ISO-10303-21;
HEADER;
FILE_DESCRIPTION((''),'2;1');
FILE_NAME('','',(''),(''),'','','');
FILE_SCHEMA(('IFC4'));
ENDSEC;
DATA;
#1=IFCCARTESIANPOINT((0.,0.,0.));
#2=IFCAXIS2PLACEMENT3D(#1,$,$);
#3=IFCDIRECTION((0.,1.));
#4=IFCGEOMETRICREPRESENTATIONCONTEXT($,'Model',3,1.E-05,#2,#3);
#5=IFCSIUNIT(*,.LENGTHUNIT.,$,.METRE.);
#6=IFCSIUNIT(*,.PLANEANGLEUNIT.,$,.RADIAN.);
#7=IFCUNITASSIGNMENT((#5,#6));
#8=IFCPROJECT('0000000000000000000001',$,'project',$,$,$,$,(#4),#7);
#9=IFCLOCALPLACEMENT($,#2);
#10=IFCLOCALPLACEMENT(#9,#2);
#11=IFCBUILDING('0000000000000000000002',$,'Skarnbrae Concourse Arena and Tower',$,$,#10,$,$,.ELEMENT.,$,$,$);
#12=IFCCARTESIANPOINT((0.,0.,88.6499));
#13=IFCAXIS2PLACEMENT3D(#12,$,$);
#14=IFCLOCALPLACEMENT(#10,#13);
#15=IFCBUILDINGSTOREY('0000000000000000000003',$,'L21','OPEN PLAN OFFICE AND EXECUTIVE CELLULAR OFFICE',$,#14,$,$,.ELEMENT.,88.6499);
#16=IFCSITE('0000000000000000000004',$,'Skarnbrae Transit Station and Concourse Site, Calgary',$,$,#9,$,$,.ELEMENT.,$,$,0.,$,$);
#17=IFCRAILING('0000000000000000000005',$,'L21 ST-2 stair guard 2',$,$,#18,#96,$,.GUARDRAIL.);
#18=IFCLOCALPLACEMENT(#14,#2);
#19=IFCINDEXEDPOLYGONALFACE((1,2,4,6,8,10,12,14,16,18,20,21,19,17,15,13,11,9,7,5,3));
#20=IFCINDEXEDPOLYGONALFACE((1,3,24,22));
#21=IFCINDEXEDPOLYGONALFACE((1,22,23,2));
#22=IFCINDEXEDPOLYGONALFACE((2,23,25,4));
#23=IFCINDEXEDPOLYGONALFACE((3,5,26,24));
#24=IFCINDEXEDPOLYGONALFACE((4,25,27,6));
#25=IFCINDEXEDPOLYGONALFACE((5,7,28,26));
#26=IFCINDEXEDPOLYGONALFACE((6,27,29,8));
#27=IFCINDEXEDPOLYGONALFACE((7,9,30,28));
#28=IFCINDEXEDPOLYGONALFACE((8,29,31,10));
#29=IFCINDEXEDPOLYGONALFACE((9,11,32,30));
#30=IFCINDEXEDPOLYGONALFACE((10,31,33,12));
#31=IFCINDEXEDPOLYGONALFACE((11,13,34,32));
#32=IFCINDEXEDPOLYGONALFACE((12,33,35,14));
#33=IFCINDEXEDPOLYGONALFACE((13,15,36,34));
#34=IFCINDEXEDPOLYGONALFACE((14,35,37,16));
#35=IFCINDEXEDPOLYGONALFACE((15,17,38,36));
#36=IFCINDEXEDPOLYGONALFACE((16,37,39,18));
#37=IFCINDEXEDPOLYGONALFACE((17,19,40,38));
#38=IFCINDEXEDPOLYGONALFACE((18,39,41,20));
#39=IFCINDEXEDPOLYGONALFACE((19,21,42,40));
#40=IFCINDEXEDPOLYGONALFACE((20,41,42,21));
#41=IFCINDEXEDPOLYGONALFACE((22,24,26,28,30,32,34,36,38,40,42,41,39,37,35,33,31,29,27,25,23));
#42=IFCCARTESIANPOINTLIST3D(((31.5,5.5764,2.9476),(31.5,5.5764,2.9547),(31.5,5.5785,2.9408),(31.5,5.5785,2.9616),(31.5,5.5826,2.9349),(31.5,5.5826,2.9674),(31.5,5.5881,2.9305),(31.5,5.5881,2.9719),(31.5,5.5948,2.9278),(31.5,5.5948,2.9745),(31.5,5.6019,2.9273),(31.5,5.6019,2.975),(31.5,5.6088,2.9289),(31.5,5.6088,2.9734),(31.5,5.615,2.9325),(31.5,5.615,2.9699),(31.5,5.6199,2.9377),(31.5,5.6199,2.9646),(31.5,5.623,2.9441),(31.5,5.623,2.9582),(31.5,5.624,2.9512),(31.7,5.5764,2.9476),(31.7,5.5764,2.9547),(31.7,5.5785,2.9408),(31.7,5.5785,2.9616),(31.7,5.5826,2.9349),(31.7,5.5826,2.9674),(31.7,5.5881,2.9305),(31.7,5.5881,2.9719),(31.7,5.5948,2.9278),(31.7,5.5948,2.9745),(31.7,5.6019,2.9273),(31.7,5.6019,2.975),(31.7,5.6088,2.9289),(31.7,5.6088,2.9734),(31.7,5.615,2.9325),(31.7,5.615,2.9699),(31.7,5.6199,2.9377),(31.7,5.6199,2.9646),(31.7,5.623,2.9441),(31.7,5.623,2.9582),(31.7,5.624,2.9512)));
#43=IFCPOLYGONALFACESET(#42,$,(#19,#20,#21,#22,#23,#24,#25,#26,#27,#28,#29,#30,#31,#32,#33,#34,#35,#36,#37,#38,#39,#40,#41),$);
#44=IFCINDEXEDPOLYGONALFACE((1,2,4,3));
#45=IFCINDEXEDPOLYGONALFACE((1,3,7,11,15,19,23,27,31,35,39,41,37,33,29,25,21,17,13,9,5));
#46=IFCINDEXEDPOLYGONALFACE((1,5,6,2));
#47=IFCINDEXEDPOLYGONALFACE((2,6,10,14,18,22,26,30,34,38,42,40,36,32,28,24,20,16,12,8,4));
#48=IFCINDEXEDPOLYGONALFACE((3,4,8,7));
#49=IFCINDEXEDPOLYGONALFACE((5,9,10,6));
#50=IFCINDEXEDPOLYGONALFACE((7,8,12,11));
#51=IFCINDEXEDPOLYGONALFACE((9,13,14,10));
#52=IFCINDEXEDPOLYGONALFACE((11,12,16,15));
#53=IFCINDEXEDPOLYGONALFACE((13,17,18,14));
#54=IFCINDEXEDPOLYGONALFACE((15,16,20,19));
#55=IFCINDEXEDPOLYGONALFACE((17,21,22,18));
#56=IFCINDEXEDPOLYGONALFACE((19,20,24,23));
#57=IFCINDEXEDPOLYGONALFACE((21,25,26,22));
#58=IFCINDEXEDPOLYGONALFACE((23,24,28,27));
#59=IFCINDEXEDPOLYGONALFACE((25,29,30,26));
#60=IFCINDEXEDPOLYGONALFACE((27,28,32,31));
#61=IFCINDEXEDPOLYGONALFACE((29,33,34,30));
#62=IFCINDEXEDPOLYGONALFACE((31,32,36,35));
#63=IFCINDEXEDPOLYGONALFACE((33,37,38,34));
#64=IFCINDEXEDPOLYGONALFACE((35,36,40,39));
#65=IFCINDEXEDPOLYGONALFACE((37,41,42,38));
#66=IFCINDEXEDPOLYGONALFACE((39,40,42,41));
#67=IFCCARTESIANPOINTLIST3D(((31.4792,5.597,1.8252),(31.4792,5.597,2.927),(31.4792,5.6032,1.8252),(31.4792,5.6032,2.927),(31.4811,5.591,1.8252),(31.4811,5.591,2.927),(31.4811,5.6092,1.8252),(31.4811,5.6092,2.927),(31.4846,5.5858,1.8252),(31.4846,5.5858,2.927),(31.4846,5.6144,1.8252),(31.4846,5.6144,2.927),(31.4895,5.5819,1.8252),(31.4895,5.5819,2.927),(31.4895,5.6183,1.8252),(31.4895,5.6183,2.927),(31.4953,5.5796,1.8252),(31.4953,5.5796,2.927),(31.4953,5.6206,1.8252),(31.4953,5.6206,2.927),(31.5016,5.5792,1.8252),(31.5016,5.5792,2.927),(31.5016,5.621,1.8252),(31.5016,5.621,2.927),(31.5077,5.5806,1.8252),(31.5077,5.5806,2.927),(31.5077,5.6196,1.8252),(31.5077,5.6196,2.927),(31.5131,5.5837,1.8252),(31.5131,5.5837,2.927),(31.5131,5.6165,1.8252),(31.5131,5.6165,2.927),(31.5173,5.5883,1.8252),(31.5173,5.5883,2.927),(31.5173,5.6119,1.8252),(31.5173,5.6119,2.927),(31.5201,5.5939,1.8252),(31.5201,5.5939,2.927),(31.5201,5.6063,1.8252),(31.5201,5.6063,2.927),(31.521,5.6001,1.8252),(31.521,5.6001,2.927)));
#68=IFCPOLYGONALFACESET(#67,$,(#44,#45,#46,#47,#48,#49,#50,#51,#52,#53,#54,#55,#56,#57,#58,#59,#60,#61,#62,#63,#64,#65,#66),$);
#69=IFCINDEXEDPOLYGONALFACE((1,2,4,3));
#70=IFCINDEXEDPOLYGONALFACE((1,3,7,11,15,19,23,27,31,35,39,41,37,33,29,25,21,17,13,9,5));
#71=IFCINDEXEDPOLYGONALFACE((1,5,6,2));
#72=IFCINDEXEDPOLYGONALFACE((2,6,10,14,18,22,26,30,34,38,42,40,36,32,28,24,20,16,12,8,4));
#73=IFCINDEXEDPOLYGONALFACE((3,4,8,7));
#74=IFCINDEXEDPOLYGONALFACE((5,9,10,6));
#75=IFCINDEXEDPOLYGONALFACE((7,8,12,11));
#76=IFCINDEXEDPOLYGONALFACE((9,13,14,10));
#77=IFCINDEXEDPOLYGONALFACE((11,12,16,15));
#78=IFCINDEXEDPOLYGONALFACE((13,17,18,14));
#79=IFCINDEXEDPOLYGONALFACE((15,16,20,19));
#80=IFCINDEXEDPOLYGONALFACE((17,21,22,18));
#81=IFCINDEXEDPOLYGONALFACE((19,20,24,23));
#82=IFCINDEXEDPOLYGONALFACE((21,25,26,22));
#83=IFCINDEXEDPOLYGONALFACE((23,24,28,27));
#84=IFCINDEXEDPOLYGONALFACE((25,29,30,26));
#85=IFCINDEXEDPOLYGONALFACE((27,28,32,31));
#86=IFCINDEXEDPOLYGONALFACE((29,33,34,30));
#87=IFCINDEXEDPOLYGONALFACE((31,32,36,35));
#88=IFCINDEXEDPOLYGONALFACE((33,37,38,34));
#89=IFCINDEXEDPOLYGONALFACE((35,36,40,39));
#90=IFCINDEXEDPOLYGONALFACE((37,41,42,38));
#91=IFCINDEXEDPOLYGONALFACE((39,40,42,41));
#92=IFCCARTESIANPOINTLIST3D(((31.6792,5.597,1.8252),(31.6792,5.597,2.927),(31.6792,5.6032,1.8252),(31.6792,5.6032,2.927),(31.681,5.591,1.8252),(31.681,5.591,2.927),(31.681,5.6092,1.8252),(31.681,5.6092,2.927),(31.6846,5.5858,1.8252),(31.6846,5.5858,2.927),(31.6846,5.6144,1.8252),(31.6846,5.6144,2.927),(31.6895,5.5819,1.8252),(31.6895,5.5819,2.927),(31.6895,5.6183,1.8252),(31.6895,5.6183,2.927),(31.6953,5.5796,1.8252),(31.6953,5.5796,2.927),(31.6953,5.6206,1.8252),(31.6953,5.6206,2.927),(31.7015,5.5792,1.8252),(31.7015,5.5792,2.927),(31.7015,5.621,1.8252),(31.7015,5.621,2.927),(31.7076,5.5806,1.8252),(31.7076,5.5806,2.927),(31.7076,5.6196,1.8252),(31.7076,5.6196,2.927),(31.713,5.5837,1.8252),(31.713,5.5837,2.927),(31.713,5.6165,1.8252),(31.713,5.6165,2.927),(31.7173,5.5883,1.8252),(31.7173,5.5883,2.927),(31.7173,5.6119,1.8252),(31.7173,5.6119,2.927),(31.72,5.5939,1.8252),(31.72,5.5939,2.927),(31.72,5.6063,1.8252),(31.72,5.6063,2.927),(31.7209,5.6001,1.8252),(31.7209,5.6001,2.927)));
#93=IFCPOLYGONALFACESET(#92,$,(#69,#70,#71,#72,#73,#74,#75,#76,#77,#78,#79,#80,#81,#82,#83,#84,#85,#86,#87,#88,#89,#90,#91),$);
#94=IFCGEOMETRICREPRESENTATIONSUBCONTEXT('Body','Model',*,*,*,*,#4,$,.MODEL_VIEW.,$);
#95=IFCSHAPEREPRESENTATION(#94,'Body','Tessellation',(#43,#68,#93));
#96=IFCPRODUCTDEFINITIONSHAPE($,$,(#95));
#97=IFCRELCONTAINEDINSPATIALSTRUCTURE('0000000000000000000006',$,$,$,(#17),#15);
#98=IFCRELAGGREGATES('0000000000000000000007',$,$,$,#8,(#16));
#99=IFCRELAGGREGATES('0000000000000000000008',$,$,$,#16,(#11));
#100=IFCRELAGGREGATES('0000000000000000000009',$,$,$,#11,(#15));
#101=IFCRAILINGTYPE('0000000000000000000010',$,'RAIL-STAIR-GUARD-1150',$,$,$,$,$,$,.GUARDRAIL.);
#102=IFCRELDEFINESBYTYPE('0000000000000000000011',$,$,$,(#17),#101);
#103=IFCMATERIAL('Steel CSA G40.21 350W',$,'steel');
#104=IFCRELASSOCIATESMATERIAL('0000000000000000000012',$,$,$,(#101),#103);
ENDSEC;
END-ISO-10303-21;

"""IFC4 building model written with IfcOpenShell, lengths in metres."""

from ifc_helpers import new_model, si_unit, direction, frame, origin, origin_2d, place, context, subcontext, project, spatial, circle, extrude, material, type_object, element, save


model = new_model("IFC4")

# Units and contexts
model_context = context("Model", 3, precision=1e-05, world=origin(), true_north=direction((0.0, 1.0)))
body_context = subcontext(model_context, "Body", "Model", "MODEL_VIEW")
ifc_project = project(units=[si_unit("LENGTHUNIT", "METRE"), si_unit("PLANEANGLEUNIT", "RADIAN")], contexts=[model_context])

# Site, building, storey
site_placement = place(None, origin())
site = spatial("IfcSite", under=ifc_project, at=site_placement, Name="Skarnbrae Transit Station and Concourse Site, Calgary", CompositionType="ELEMENT", RefElevation=0.0)
building_placement = place(site_placement, origin())
building = spatial("IfcBuilding", under=site, at=building_placement, Name="Skarnbrae Concourse Arena and Tower", CompositionType="ELEMENT")
storey_placement = place(building_placement, frame((0.0, 0.0, 88.6499)))
storey = spatial("IfcBuildingStorey", under=building, at=storey_placement, Name="L21", Description="OPEN PLAN OFFICE AND EXECUTIVE CELLULAR OFFICE", CompositionType="ELEMENT", Elevation=88.6499)

# Shared definitions
ifc_material_1 = material(Name="Steel CSA G40.21 350W", Category="steel")

# Railing
railing_type_1 = type_object("IfcRailingType", Name="RAIL-STAIR-GUARD-1150", PredefinedType="GUARDRAIL", material=ifc_material_1)
railing_1_placement = place(storey_placement, frame((31.5, 5.6001, 1.8252)))
element("IfcRailing", 1, at=railing_1_placement, inside=storey, type_object=railing_type_1, Name="L21 ST-2 stair guard 2", PredefinedType="GUARDRAIL", context=body_context, shape_type="SweptSolid", body=[
    extrude(circle(Radius=0.0239, at=origin_2d()), frame((0.0, 0.0, 1.126), z_axis=(1.0, 0.0, 0.0), x_axis=(0.0, 1.0, 0.0)), (0.0, 0.0, 1.0), 0.2),
    extrude(circle(Radius=0.021, at=origin_2d()), origin(), (0.0, 0.0, 1.0), 1.1018),
    extrude(circle(Radius=0.021, at=origin_2d()), frame((0.2, 0.0, 0.0)), (0.0, 0.0, 1.0), 1.1018),
])

save(model, "model.ifc")
